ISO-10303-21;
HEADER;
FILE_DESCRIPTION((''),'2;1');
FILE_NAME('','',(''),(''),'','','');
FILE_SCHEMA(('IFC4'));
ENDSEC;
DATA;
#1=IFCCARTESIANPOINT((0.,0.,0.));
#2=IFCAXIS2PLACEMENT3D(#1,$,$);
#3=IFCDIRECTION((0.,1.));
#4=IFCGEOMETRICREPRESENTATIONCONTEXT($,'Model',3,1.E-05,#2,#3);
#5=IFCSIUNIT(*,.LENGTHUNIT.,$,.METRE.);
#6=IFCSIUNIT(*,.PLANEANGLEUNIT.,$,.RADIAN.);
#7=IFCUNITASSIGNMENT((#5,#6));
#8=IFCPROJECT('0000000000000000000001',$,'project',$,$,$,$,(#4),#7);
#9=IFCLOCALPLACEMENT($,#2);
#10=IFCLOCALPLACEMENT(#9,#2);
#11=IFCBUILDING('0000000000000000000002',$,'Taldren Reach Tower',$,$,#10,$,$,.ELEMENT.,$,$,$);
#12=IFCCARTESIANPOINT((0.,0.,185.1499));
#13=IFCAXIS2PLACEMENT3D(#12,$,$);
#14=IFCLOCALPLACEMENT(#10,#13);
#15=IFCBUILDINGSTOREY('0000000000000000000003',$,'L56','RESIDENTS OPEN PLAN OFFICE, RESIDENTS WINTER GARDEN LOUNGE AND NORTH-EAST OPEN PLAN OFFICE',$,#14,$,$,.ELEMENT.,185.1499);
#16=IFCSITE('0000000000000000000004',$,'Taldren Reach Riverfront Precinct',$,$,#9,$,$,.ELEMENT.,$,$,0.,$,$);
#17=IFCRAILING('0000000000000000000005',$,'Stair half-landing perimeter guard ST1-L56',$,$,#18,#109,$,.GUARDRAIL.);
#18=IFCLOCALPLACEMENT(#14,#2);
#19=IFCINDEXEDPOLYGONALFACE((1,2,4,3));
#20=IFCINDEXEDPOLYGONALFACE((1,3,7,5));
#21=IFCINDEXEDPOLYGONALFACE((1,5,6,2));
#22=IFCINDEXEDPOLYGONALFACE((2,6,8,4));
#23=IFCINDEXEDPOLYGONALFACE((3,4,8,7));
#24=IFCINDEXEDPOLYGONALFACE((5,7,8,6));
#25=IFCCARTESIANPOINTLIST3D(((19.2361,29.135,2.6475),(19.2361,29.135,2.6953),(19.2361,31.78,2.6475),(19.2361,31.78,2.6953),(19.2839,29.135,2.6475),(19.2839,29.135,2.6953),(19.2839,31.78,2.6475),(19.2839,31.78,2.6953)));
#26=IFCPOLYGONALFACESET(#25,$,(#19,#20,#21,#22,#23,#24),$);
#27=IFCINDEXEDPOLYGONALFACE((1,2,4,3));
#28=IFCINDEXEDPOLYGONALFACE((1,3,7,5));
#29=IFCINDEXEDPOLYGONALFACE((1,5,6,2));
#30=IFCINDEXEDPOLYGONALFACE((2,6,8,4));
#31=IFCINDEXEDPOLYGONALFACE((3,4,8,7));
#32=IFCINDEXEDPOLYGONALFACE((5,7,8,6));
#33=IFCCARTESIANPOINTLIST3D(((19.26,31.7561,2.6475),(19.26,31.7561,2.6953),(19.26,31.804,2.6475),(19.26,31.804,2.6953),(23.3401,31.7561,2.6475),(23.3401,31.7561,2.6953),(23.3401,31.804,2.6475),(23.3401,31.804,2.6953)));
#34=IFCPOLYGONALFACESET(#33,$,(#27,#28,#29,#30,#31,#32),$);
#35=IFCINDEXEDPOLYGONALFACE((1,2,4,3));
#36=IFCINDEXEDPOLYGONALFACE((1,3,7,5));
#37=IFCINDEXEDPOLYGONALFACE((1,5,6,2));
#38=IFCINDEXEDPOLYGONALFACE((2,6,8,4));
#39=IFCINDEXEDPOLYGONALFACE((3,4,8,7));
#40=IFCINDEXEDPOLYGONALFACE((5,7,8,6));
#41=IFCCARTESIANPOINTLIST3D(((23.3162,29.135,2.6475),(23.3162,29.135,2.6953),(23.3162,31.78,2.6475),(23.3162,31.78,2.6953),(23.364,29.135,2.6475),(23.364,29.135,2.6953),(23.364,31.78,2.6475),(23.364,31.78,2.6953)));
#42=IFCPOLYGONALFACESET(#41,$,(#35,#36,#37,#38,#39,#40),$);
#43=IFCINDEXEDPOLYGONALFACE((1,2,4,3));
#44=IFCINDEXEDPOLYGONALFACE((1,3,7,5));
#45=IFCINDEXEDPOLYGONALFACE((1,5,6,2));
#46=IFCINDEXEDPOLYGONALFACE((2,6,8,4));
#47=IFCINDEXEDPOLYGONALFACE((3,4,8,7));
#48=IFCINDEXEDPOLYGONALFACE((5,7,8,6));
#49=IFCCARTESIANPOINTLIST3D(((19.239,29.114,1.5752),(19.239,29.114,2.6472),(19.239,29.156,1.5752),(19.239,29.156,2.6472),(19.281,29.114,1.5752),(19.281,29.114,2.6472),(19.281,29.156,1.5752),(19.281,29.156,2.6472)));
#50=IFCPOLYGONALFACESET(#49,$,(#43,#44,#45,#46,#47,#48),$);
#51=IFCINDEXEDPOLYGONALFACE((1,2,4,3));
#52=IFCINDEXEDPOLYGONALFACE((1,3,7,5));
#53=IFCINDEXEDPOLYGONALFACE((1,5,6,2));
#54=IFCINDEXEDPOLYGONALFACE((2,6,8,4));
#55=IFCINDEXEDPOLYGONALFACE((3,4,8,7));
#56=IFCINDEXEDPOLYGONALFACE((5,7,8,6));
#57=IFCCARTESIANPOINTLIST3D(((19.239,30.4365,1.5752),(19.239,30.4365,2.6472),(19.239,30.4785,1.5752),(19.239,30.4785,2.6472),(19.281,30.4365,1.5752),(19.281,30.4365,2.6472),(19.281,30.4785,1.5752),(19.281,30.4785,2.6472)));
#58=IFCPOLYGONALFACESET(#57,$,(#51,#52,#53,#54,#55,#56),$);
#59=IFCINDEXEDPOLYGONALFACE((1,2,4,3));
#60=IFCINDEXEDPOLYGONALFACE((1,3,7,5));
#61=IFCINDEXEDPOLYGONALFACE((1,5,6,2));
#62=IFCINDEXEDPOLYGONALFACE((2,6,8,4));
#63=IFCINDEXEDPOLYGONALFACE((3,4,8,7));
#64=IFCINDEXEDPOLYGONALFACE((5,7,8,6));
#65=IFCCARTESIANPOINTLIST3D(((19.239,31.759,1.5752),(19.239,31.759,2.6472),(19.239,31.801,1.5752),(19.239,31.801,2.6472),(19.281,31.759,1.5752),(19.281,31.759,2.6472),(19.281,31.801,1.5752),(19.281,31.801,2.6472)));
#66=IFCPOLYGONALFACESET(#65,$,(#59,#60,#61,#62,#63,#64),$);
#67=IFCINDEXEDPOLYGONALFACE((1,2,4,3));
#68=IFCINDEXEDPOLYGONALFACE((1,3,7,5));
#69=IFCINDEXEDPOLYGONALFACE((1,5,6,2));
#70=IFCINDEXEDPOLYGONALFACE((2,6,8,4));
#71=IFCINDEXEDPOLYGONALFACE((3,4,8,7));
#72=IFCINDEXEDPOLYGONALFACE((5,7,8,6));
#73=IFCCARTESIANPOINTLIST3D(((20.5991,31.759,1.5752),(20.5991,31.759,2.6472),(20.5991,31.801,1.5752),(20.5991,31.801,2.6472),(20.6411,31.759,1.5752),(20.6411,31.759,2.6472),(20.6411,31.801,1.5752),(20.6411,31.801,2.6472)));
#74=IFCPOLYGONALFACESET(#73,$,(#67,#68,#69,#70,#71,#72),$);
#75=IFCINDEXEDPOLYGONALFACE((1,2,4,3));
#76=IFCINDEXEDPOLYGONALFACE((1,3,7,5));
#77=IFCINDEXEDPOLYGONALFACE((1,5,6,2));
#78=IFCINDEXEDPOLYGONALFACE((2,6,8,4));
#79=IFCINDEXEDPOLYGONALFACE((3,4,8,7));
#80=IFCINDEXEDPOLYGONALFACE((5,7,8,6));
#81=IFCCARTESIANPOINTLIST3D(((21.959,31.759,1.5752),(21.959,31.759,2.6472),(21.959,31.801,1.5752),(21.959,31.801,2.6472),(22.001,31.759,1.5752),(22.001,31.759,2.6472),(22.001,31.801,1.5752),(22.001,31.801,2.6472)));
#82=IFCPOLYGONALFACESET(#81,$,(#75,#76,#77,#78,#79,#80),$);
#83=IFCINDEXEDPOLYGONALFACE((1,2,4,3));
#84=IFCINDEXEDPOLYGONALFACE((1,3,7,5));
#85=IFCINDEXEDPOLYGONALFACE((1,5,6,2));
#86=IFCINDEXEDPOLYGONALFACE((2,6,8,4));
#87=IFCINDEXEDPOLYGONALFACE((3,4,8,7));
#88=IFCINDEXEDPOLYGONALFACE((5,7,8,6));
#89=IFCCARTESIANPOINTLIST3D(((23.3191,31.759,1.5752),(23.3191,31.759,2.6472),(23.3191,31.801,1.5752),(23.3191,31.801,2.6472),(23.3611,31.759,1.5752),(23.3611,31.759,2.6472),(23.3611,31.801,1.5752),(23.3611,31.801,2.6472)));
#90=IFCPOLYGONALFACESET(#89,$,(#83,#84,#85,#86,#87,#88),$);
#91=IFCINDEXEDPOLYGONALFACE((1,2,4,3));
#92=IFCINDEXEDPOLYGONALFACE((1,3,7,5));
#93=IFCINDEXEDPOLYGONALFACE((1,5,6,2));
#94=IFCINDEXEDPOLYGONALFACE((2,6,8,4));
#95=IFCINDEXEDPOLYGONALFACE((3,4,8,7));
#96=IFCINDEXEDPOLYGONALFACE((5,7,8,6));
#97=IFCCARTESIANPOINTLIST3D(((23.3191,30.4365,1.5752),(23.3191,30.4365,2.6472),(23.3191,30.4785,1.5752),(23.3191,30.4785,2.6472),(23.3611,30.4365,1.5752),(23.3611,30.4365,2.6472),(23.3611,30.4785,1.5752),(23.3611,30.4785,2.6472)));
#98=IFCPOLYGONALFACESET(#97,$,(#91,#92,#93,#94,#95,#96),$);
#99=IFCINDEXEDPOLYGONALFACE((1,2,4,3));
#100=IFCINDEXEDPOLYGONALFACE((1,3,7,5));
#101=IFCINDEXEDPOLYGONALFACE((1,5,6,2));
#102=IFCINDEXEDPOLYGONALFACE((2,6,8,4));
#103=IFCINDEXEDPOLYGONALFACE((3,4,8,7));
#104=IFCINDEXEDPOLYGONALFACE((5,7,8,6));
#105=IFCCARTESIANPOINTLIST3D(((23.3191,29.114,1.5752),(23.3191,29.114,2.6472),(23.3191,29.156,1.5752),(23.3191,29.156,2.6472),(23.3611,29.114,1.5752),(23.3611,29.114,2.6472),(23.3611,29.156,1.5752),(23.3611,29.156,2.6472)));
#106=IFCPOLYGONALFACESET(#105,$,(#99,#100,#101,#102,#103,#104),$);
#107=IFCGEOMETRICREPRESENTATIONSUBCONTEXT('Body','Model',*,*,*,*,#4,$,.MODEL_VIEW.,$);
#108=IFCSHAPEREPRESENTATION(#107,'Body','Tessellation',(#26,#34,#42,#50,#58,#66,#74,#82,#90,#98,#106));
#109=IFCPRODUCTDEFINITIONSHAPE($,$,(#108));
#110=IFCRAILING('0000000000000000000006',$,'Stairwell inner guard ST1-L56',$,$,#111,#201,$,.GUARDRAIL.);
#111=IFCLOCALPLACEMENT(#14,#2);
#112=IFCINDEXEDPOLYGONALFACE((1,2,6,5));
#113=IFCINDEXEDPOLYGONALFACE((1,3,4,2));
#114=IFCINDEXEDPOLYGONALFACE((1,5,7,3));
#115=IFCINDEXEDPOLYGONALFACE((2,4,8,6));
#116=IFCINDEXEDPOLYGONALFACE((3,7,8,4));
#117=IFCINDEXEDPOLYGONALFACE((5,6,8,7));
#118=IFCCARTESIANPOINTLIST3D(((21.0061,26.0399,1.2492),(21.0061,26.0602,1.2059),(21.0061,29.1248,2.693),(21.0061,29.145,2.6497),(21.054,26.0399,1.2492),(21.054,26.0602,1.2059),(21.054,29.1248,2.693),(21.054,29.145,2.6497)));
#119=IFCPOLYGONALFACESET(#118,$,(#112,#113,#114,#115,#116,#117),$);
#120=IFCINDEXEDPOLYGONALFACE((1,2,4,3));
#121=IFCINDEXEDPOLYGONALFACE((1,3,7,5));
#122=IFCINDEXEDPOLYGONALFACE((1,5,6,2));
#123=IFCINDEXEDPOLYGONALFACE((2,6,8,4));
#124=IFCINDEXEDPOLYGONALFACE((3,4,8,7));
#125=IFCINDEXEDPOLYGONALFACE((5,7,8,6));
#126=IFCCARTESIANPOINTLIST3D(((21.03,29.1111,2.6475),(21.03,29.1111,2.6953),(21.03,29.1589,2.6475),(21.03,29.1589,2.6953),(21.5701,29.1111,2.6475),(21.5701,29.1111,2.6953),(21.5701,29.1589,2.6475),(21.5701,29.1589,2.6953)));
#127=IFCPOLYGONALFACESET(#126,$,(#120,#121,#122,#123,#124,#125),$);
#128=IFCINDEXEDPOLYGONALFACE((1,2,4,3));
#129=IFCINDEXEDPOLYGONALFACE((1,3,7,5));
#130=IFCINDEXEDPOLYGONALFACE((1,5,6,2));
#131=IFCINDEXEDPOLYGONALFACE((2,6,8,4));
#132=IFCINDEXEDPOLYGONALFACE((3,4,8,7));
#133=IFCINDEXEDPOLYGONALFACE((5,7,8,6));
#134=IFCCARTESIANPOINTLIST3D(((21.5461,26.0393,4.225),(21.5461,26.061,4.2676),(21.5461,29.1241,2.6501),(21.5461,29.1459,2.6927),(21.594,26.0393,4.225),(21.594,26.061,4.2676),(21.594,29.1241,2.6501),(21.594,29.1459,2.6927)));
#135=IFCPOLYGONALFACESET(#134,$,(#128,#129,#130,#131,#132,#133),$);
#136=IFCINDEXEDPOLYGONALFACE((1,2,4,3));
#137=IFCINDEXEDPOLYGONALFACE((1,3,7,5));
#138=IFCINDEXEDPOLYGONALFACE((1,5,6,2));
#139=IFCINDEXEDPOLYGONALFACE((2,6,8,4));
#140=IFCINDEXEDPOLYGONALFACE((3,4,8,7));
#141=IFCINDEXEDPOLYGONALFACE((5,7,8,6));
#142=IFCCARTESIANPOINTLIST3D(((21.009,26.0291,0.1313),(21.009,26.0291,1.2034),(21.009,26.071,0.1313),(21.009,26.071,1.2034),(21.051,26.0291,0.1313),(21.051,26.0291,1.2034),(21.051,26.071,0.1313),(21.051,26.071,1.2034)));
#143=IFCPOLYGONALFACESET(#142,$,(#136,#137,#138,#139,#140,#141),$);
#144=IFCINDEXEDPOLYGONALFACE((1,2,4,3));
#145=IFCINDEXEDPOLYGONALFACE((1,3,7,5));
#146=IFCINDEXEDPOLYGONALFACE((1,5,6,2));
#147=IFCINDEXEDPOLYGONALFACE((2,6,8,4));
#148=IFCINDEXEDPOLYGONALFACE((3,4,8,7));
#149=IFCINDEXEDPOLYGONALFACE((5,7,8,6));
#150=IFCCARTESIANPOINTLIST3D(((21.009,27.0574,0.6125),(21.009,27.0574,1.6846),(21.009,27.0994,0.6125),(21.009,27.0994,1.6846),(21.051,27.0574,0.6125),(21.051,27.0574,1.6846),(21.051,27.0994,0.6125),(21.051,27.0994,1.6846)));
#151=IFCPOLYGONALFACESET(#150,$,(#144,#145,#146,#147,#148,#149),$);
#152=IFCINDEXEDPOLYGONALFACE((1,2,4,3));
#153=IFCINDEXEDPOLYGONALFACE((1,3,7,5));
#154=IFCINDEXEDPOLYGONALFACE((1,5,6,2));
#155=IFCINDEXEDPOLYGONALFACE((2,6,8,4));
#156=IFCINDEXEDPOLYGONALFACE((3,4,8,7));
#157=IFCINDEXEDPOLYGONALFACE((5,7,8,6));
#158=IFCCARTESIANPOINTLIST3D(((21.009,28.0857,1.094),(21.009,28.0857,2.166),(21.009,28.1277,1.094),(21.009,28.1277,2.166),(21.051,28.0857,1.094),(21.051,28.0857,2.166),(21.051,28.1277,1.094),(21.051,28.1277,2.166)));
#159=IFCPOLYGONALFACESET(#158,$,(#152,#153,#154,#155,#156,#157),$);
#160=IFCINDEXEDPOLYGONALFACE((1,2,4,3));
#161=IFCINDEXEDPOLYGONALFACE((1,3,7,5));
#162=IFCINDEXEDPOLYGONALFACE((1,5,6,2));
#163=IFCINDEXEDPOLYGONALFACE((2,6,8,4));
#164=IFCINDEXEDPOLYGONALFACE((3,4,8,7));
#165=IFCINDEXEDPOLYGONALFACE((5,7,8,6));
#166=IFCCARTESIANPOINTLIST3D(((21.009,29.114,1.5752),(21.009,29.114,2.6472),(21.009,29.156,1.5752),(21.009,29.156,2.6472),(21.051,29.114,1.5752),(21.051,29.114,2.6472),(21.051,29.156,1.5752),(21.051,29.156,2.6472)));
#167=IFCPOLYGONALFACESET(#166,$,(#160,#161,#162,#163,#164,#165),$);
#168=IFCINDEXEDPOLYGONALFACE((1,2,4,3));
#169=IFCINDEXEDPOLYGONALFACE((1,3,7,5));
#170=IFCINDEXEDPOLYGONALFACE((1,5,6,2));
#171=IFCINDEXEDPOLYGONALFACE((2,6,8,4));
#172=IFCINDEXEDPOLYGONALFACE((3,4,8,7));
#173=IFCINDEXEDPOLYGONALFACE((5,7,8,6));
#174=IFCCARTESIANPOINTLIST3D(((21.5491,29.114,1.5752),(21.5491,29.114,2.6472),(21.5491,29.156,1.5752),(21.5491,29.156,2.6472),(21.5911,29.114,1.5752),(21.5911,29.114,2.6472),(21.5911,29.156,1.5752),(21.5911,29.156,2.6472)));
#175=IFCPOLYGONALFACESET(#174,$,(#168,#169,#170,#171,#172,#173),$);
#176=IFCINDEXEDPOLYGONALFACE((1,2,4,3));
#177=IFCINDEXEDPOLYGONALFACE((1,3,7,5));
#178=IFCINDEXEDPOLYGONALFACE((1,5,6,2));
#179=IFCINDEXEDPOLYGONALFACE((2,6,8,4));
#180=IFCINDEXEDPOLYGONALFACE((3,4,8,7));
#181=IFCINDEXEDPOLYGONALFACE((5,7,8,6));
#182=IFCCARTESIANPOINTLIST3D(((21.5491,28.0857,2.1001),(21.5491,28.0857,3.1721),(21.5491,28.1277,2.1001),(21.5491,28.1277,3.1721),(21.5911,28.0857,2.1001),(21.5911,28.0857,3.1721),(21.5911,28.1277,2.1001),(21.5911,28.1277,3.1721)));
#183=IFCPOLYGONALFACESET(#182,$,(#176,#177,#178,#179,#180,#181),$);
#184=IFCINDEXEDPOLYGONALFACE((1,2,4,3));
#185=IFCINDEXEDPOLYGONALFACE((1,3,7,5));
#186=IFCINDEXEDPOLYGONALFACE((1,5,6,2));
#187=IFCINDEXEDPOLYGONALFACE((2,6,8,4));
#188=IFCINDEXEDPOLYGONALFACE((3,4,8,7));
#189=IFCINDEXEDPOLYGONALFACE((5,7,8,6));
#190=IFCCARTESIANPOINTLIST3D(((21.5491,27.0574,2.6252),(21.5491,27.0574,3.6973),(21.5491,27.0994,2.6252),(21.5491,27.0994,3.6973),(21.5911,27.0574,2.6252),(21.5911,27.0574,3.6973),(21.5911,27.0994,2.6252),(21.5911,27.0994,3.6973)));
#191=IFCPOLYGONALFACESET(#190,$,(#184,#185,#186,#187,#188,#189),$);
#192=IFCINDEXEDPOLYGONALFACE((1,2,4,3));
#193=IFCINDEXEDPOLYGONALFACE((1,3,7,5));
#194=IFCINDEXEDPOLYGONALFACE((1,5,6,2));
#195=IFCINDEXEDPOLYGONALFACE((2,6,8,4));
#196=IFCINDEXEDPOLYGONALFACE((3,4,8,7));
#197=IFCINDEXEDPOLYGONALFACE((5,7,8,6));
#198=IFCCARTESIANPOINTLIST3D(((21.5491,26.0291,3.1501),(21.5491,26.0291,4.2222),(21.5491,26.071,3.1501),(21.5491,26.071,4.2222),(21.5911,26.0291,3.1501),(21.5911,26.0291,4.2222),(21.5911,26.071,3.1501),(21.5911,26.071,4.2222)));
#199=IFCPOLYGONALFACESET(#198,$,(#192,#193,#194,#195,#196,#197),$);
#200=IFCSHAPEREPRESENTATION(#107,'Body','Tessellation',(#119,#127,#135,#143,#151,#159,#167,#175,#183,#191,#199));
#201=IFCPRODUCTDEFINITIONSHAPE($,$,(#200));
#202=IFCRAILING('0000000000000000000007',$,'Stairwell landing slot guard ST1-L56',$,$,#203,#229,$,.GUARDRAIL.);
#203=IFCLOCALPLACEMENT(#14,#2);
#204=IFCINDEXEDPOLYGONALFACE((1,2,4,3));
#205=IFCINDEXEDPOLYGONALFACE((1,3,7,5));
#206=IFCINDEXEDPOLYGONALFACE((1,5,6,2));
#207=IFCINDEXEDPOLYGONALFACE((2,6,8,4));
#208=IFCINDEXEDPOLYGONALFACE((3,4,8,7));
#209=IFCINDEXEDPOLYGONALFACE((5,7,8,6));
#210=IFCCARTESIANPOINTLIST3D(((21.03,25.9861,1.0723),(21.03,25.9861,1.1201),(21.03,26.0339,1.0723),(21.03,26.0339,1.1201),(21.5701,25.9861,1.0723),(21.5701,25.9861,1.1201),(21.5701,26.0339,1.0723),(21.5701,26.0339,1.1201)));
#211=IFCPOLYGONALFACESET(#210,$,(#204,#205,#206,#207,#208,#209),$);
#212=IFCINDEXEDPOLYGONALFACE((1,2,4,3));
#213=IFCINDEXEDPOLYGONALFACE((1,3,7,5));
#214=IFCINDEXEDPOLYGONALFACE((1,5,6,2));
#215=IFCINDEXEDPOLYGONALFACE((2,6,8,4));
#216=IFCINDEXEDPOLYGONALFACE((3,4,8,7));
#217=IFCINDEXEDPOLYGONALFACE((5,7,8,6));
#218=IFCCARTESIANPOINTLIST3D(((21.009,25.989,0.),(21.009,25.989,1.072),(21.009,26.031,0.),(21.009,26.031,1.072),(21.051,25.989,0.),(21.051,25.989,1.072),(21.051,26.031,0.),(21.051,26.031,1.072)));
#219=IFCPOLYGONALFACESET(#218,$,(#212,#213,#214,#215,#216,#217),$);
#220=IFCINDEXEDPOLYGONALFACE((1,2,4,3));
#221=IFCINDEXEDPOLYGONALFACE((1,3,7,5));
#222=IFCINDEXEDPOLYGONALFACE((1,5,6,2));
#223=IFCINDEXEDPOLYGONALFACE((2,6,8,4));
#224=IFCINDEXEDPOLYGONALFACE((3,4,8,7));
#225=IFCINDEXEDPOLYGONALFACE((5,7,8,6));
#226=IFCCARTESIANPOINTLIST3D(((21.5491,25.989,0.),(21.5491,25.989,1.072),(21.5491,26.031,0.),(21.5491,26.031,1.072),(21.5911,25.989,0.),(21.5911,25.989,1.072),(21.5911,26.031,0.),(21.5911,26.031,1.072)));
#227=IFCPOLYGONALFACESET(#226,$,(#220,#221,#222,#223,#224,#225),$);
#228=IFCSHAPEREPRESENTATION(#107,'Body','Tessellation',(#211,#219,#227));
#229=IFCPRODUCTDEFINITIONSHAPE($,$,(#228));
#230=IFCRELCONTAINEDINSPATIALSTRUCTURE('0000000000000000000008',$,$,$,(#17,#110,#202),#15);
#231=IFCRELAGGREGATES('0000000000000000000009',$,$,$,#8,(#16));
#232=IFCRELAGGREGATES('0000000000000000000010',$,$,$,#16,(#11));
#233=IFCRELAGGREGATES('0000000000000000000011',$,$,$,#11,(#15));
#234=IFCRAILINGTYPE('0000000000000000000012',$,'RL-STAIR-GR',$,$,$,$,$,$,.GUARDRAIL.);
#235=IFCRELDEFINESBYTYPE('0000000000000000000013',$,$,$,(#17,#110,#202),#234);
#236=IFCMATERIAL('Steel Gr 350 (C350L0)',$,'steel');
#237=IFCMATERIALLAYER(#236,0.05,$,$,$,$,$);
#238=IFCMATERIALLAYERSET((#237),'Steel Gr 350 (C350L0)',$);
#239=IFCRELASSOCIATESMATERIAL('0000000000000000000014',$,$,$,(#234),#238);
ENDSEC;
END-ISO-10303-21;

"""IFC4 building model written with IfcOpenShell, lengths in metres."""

from ifc_helpers import new_model, si_unit, direction, frame, origin, origin_2d, place, context, subcontext, project, spatial, rectangle, extrude, material, layer, layer_set, type_object, element, save


model = new_model("IFC4")

# Units and contexts
model_context = context("Model", 3, precision=1e-05, world=origin(), true_north=direction((0.0, 1.0)))
body_context = subcontext(model_context, "Body", "Model", "MODEL_VIEW")
ifc_project = project(units=[si_unit("LENGTHUNIT", "METRE"), si_unit("PLANEANGLEUNIT", "RADIAN")], contexts=[model_context])

# Site, building, storey
site_placement = place(None, origin())
site = spatial("IfcSite", under=ifc_project, at=site_placement, Name="Taldren Reach Riverfront Precinct", CompositionType="ELEMENT", RefElevation=0.0)
building_placement = place(site_placement, origin())
building = spatial("IfcBuilding", under=site, at=building_placement, Name="Taldren Reach Tower", CompositionType="ELEMENT")
storey_placement = place(building_placement, frame((0.0, 0.0, 185.1499)))
storey = spatial("IfcBuildingStorey", under=building, at=storey_placement, Name="L56", Description="RESIDENTS OPEN PLAN OFFICE, RESIDENTS WINTER GARDEN LOUNGE AND NORTH-EAST OPEN PLAN OFFICE", CompositionType="ELEMENT", Elevation=185.1499)

# Shared definitions
ifc_material_1 = material(Name="Steel Gr 350 (C350L0)", Category="steel")

# Railings
ifc_layer_1 = layer(ifc_material_1, 0.05)
ifc_layer_set_1 = layer_set([ifc_layer_1], Name="Steel Gr 350 (C350L0)")
railing_type_1 = type_object("IfcRailingType", Name="RL-STAIR-GR", PredefinedType="GUARDRAIL", material=ifc_layer_set_1)
railing_1_placement = place(storey_placement, frame((19.26, 29.135, 1.5752)))
element("IfcRailing", 1, at=railing_1_placement, inside=storey, type_object=railing_type_1, Name="Stair half-landing perimeter guard ST1-L56", PredefinedType="GUARDRAIL", context=body_context, shape_type="SweptSolid", body=[
    extrude(rectangle(XDim=0.0479, YDim=0.0479, at=origin_2d()), frame((0.0, 0.0, 1.0962), z_axis=(0.0, 1.0, 0.0), x_axis=(-1.0, 0.0, 0.0)), (0.0, 0.0, 1.0), 2.645),
    extrude(rectangle(XDim=0.0479, YDim=0.0479, at=origin_2d()), frame((0.0, 2.645, 1.0962), z_axis=(1.0, 0.0, 0.0), x_axis=(0.0, 1.0, 0.0)), (0.0, 0.0, 1.0), 4.0801),
    extrude(rectangle(XDim=0.0479, YDim=0.0479, at=origin_2d()), frame((4.0801, 2.645, 1.0962), z_axis=(0.0, -1.0, 0.0), x_axis=(1.0, 0.0, 0.0)), (0.0, 0.0, 1.0), 2.645),
    extrude(rectangle(XDim=0.042, YDim=0.042, at=origin_2d()), origin(), (0.0, 0.0, 1.0), 1.072),
    extrude(rectangle(XDim=0.042, YDim=0.042, at=origin_2d()), frame((0.0, 1.3225, 0.0)), (0.0, 0.0, 1.0), 1.072),
    extrude(rectangle(XDim=0.042, YDim=0.042, at=origin_2d()), frame((0.0, 2.645, 0.0)), (0.0, 0.0, 1.0), 1.072),
    extrude(rectangle(XDim=0.042, YDim=0.042, at=origin_2d()), frame((1.3601, 2.645, 0.0)), (0.0, 0.0, 1.0), 1.072),
    extrude(rectangle(XDim=0.042, YDim=0.042, at=origin_2d()), frame((2.72, 2.645, 0.0)), (0.0, 0.0, 1.0), 1.072),
    extrude(rectangle(XDim=0.042, YDim=0.042, at=origin_2d()), frame((4.0801, 2.645, 0.0)), (0.0, 0.0, 1.0), 1.072),
    extrude(rectangle(XDim=0.042, YDim=0.042, at=origin_2d()), frame((4.0801, 1.3225, 0.0)), (0.0, 0.0, 1.0), 1.072),
    extrude(rectangle(XDim=0.042, YDim=0.042, at=origin_2d()), frame((4.0801, 0.0, 0.0)), (0.0, 0.0, 1.0), 1.072),
])
railing_2_placement = place(storey_placement, frame((21.03, 26.05, 0.1313)))
element("IfcRailing", 2, at=railing_2_placement, inside=storey, type_object=railing_type_1, Name="Stairwell inner guard ST1-L56", PredefinedType="GUARDRAIL", context=body_context, shape_type="SweptSolid", body=[
    extrude(rectangle(XDim=0.0479, YDim=0.0479, at=origin_2d()), frame((0.0, 0.0, 1.0962), z_axis=(0.0, 0.90571, 0.423898), x_axis=(-1.0, 0.0, 0.0)), (0.0, 0.0, 1.0), 3.406),
    extrude(rectangle(XDim=0.0479, YDim=0.0479, at=origin_2d()), frame((0.0, 3.085, 2.54), z_axis=(1.0, 0.0, 0.0), x_axis=(0.0, 1.0, 0.0)), (0.0, 0.0, 1.0), 0.54),
    extrude(rectangle(XDim=0.0479, YDim=0.0479, at=origin_2d()), frame((0.54, 3.085, 2.54), z_axis=(0.0, -0.890646, 0.454697), x_axis=(1.0, 0.0, 0.0)), (0.0, 0.0, 1.0), 3.4636),
    extrude(rectangle(XDim=0.042, YDim=0.042, at=origin_2d()), origin(), (0.0, 0.0, 1.0), 1.072),
    extrude(rectangle(XDim=0.042, YDim=0.042, at=origin_2d()), frame((0.0, 1.0283, 0.4812)), (0.0, 0.0, 1.0), 1.072),
    extrude(rectangle(XDim=0.042, YDim=0.042, at=origin_2d()), frame((0.0, 2.0566, 0.9626)), (0.0, 0.0, 1.0), 1.072),
    extrude(rectangle(XDim=0.042, YDim=0.042, at=origin_2d()), frame((0.0, 3.085, 1.4438)), (0.0, 0.0, 1.0), 1.072),
    extrude(rectangle(XDim=0.042, YDim=0.042, at=origin_2d()), frame((0.54, 3.085, 1.4438)), (0.0, 0.0, 1.0), 1.072),
    extrude(rectangle(XDim=0.042, YDim=0.042, at=origin_2d()), frame((0.54, 2.0566, 1.9688)), (0.0, 0.0, 1.0), 1.072),
    extrude(rectangle(XDim=0.042, YDim=0.042, at=origin_2d()), frame((0.54, 1.0283, 2.4939)), (0.0, 0.0, 1.0), 1.072),
    extrude(rectangle(XDim=0.042, YDim=0.042, at=origin_2d()), frame((0.54, 0.0, 3.0188)), (0.0, 0.0, 1.0), 1.072),
])
railing_3_placement = place(storey_placement, frame((21.03, 26.01, 0.0)))
element("IfcRailing", 3, at=railing_3_placement, inside=storey, type_object=railing_type_1, Name="Stairwell landing slot guard ST1-L56", PredefinedType="GUARDRAIL", context=body_context, shape_type="SweptSolid", body=[
    extrude(rectangle(XDim=0.0479, YDim=0.0479, at=origin_2d()), frame((0.0, 0.0, 1.0962), z_axis=(1.0, 0.0, 0.0), x_axis=(0.0, 1.0, 0.0)), (0.0, 0.0, 1.0), 0.54),
    extrude(rectangle(XDim=0.042, YDim=0.042, at=origin_2d()), origin(), (0.0, 0.0, 1.0), 1.072),
    extrude(rectangle(XDim=0.042, YDim=0.042, at=origin_2d()), frame((0.54, 0.0, 0.0)), (0.0, 0.0, 1.0), 1.072),
])

save(model, "model.ifc")
